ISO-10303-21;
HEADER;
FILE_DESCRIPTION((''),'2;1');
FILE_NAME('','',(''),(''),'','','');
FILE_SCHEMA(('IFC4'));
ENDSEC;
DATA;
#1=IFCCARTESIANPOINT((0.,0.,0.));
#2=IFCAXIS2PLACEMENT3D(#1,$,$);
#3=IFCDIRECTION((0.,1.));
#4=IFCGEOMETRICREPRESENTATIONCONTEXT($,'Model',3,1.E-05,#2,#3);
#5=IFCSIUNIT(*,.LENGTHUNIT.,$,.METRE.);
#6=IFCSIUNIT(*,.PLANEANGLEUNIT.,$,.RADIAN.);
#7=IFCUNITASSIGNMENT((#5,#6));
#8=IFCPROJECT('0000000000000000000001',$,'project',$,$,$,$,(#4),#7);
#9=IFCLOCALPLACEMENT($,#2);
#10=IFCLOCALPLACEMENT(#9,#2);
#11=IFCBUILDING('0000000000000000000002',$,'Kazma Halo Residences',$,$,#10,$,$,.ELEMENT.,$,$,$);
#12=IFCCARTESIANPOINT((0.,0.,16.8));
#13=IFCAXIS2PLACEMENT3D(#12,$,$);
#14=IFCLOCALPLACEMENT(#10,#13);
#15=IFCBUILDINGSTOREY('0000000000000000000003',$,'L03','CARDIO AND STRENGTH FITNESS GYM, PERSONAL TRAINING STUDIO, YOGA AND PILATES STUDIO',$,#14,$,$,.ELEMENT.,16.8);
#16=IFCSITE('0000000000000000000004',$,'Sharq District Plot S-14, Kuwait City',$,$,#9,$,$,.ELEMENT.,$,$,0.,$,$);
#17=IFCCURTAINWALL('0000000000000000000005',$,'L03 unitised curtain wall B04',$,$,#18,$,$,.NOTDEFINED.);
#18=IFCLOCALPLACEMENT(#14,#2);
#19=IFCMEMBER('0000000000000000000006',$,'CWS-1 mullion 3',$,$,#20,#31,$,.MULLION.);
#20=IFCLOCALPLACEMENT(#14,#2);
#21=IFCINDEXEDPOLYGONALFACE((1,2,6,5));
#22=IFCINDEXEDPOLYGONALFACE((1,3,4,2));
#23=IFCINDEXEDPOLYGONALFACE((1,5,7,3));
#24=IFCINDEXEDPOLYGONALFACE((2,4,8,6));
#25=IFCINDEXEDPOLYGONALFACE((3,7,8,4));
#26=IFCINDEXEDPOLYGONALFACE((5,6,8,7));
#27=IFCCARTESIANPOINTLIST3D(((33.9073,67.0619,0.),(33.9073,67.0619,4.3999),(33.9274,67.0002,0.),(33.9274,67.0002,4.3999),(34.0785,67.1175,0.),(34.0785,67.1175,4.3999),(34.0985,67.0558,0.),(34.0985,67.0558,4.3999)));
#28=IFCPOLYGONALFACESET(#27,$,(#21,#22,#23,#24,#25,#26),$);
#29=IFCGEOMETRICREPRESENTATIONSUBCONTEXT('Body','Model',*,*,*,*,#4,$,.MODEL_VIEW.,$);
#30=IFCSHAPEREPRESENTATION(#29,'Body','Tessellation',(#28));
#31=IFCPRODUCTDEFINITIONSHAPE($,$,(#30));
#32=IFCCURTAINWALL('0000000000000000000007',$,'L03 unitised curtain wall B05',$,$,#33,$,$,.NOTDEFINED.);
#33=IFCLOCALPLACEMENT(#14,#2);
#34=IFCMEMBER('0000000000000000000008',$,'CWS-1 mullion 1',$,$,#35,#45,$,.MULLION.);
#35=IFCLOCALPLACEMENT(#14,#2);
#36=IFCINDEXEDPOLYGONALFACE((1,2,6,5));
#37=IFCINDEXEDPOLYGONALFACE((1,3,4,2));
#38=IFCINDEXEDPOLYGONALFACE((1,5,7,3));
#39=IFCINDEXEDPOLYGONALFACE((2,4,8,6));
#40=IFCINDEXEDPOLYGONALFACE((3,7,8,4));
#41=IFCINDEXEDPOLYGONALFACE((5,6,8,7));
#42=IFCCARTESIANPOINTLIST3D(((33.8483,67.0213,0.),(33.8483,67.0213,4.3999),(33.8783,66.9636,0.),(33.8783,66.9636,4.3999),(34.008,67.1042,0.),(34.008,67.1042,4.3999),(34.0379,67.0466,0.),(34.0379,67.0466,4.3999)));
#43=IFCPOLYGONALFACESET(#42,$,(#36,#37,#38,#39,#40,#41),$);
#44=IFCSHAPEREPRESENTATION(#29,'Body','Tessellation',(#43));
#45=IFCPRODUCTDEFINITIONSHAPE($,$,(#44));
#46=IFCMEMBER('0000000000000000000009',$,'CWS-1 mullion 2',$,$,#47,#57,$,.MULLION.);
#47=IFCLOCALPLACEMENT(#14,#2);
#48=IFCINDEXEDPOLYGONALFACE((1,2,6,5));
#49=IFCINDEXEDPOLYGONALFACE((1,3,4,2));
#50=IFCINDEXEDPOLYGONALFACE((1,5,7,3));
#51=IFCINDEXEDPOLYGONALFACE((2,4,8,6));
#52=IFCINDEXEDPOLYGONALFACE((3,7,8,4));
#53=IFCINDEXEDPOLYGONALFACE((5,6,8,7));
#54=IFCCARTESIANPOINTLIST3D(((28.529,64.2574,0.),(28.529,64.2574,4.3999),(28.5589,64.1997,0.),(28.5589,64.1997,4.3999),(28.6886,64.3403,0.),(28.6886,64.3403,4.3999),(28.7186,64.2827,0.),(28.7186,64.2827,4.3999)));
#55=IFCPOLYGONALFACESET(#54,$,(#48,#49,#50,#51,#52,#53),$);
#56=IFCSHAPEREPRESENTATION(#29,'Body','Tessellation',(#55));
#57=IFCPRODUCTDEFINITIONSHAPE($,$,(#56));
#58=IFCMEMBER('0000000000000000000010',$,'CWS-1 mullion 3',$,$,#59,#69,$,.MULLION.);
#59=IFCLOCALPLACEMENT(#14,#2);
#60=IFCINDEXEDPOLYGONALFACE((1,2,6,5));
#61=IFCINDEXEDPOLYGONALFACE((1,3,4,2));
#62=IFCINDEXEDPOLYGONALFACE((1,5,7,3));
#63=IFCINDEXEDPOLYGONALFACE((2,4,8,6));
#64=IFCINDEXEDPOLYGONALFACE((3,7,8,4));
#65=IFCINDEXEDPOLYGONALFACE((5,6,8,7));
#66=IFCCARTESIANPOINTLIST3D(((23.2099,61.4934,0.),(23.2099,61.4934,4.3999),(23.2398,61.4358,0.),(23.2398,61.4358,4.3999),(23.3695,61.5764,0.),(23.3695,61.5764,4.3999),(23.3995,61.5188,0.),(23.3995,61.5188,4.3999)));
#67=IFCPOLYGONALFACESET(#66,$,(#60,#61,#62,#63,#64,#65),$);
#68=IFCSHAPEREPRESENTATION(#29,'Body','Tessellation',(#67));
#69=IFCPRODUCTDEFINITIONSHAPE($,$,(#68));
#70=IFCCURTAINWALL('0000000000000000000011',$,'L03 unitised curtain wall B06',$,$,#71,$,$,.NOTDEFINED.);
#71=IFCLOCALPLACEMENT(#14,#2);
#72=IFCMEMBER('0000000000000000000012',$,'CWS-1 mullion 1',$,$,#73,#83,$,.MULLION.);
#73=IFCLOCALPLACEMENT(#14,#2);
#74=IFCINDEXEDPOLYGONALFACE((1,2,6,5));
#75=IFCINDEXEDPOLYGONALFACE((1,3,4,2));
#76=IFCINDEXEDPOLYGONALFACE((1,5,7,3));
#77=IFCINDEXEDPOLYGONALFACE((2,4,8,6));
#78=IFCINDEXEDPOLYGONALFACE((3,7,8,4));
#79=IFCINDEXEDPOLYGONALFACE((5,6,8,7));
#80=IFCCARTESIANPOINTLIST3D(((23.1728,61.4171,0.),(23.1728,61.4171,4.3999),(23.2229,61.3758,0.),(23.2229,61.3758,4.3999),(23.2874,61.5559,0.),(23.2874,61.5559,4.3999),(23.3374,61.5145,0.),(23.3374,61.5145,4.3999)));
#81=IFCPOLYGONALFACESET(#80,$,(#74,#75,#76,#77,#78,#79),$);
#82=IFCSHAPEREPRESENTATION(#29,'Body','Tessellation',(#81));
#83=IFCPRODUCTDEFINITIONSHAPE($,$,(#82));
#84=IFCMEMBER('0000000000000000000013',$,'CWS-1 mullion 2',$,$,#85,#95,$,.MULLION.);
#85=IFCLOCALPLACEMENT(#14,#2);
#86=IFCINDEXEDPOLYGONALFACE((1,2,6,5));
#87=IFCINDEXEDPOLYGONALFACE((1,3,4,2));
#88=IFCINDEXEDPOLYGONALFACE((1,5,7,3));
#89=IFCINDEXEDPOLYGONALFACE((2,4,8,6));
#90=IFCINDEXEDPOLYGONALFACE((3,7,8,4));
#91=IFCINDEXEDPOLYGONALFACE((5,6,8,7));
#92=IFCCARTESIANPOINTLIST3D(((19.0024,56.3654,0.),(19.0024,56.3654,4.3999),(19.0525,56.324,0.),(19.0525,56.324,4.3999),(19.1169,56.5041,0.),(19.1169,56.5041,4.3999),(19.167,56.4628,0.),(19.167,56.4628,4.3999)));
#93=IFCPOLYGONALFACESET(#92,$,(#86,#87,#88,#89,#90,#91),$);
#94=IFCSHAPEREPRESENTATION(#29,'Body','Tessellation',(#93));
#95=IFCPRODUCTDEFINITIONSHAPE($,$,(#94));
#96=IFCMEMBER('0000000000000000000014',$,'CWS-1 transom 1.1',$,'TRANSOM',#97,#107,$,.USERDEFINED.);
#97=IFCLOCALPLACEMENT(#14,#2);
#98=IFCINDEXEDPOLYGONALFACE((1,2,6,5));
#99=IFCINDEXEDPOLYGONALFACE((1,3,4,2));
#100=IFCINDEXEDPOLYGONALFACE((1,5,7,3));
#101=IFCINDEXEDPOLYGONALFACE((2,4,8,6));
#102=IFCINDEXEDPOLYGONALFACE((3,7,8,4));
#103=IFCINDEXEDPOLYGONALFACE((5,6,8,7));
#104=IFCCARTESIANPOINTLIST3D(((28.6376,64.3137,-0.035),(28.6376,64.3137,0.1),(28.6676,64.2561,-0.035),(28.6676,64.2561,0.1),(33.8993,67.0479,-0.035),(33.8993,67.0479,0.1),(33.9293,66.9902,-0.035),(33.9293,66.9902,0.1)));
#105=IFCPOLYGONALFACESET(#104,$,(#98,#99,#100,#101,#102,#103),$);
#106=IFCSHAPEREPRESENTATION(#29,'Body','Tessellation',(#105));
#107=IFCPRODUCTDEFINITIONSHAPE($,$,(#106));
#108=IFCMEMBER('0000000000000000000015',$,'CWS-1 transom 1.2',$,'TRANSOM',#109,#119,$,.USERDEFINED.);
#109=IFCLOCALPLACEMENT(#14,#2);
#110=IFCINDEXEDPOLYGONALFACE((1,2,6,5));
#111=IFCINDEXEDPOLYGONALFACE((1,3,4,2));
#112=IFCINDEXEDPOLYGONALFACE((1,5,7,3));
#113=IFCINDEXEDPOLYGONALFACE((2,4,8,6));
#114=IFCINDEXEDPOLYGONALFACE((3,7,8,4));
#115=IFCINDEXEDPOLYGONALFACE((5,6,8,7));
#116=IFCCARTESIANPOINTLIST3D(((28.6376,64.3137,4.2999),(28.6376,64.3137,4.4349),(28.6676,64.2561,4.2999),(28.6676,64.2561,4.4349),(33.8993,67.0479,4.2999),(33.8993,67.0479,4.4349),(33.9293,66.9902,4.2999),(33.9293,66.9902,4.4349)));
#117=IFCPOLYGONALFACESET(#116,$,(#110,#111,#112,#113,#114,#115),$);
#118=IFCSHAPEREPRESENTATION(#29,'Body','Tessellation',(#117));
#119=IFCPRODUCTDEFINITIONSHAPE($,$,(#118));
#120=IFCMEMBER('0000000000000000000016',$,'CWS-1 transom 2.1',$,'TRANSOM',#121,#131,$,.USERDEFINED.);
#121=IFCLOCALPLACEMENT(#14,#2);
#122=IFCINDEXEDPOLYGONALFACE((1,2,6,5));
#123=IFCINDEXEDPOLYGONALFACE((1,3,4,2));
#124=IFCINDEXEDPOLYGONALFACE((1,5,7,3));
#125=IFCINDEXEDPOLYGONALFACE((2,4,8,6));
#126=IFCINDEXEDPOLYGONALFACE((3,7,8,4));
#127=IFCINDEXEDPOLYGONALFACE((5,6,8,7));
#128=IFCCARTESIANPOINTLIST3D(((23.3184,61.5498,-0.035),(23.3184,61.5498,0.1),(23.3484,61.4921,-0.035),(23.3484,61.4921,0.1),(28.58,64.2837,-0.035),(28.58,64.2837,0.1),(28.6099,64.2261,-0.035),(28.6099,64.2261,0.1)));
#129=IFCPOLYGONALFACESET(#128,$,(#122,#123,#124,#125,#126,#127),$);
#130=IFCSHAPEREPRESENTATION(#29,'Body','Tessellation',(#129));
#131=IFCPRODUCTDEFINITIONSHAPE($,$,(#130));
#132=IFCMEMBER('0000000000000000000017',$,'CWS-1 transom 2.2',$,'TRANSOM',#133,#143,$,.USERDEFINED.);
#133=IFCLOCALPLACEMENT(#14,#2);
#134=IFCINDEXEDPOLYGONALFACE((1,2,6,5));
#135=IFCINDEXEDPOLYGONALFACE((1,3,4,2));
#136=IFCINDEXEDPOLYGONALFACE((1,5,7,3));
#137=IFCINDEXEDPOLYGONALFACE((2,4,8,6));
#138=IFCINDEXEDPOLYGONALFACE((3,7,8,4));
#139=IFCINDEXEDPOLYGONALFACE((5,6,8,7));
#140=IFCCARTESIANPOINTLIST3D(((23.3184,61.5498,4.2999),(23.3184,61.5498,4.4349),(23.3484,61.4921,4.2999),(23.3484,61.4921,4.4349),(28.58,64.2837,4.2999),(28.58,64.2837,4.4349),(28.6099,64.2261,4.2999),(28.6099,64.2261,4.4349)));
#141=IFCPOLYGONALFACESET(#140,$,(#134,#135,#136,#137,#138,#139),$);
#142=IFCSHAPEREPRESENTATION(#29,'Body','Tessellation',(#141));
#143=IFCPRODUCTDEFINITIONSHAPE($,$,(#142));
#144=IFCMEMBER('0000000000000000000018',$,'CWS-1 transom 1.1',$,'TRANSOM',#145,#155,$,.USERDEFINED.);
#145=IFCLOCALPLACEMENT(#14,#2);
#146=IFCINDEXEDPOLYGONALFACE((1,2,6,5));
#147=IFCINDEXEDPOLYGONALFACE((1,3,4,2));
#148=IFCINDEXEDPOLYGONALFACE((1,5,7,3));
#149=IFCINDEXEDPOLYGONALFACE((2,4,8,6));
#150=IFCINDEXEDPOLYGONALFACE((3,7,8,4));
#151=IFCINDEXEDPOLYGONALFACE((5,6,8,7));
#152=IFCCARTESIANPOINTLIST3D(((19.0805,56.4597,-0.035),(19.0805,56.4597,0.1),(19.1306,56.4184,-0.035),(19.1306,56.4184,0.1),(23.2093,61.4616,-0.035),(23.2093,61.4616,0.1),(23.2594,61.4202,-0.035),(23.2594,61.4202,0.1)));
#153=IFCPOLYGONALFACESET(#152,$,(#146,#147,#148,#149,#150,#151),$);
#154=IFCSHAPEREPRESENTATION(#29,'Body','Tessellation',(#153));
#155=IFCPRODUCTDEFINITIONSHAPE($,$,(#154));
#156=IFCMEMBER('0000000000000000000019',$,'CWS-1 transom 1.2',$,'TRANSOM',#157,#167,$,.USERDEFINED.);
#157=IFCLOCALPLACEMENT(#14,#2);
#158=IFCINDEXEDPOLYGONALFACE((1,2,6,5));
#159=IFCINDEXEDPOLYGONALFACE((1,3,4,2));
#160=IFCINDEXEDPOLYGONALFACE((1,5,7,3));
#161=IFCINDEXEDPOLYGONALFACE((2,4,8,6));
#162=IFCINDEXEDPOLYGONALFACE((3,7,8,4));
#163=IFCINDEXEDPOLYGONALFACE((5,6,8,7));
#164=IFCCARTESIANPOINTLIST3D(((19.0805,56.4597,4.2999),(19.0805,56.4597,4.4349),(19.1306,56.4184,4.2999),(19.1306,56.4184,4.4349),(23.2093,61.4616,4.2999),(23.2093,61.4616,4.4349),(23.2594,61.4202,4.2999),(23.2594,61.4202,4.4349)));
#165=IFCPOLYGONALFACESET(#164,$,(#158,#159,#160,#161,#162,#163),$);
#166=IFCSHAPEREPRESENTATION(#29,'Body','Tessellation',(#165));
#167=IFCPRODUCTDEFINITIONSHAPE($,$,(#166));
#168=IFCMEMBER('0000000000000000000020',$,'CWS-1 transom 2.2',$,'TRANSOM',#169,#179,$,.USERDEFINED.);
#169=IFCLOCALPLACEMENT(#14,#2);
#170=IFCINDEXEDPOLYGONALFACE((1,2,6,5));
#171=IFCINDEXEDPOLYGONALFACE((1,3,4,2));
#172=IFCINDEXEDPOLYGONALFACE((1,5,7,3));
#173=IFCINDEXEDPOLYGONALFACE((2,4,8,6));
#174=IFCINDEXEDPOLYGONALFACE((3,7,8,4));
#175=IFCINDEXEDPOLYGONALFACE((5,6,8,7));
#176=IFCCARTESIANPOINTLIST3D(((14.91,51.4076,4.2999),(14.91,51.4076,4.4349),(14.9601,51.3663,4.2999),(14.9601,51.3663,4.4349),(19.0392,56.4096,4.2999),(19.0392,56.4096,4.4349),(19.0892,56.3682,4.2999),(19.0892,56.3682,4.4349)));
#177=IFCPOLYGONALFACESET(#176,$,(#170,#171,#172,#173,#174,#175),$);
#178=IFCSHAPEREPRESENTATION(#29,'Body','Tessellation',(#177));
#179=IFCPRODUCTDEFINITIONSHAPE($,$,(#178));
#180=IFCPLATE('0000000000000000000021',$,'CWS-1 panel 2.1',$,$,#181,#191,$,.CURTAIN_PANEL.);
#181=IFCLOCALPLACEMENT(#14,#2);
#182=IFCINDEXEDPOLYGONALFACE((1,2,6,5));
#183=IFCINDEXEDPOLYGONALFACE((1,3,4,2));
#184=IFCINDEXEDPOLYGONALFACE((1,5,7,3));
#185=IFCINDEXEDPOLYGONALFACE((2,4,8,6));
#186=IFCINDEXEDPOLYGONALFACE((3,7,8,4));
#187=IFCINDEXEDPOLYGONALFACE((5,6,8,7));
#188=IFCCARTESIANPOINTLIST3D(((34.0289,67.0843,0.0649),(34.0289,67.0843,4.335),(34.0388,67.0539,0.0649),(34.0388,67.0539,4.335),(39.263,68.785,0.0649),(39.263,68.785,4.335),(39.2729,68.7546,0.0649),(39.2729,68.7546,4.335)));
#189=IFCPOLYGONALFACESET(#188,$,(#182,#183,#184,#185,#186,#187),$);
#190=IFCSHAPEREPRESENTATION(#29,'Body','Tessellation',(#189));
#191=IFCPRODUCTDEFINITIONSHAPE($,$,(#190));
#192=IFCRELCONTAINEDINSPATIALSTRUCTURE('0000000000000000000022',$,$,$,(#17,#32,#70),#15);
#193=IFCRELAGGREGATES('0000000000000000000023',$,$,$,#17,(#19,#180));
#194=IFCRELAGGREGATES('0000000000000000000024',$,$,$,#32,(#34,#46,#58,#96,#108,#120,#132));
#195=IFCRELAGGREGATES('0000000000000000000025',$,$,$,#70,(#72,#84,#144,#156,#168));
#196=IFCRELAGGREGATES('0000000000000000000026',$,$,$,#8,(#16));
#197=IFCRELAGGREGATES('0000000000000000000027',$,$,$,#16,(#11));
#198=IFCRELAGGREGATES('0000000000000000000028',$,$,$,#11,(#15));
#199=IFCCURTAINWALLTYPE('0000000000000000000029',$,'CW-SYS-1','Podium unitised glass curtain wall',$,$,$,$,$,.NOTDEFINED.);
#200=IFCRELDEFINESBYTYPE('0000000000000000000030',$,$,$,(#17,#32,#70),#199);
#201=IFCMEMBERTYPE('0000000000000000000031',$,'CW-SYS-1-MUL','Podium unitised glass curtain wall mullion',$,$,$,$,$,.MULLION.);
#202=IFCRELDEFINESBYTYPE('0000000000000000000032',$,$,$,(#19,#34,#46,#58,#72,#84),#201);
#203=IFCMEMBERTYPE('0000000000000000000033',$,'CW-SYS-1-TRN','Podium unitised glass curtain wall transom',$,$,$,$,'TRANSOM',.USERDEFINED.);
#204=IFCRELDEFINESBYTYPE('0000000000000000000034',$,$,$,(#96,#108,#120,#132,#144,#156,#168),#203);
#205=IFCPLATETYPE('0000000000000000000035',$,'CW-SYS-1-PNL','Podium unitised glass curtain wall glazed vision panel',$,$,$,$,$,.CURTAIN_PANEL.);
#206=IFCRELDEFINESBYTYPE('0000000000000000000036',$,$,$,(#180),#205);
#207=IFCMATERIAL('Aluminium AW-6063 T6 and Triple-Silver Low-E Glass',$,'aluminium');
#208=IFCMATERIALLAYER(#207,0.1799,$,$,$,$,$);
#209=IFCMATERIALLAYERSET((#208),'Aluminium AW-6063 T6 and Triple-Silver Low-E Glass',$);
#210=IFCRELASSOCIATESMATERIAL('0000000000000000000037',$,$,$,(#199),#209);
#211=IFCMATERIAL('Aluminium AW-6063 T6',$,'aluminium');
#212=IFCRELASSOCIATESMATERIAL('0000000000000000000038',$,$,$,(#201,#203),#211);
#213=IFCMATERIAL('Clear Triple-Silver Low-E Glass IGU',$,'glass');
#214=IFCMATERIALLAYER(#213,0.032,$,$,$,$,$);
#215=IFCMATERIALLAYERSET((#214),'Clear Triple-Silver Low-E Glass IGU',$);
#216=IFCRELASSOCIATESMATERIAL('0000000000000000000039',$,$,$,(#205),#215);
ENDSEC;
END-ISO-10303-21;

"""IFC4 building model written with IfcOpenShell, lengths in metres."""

from ifc_helpers import new_model, si_unit, direction, frame, origin, origin_2d, place, context, subcontext, project, spatial, rectangle, extrude, material, layer, layer_set, material_profile, profile_set, type_object, element, aggregate, save


model = new_model("IFC4")

# Units and contexts
model_context = context("Model", 3, precision=1e-05, world=origin(), true_north=direction((0.0, 1.0)))
body_context = subcontext(model_context, "Body", "Model", "MODEL_VIEW")
ifc_project = project(units=[si_unit("LENGTHUNIT", "METRE"), si_unit("PLANEANGLEUNIT", "RADIAN")], contexts=[model_context])

# Site, building, storey
site_placement = place(None, origin())
site = spatial("IfcSite", under=ifc_project, at=site_placement, Name="Sharq District Plot S-14, Kuwait City", CompositionType="ELEMENT", RefElevation=0.0)
building_placement = place(site_placement, origin())
building = spatial("IfcBuilding", under=site, at=building_placement, Name="Kazma Halo Residences", CompositionType="ELEMENT")
storey_placement = place(building_placement, frame((0.0, 0.0, 16.8)))
storey = spatial("IfcBuildingStorey", under=building, at=storey_placement, Name="L03", Description="CARDIO AND STRENGTH FITNESS GYM, PERSONAL TRAINING STUDIO, YOGA AND PILATES STUDIO", CompositionType="ELEMENT", Elevation=16.8)

# Curtain wall, member
ifc_material_1 = material(Name="Aluminium AW-6063 T6 and Triple-Silver Low-E Glass", Category="aluminium")
ifc_layer_1 = layer(ifc_material_1, 0.1799)
ifc_layer_set_1 = layer_set([ifc_layer_1], Name="Aluminium AW-6063 T6 and Triple-Silver Low-E Glass")
curtain_wall_type = type_object("IfcCurtainWallType", Name="CW-SYS-1", Description="Podium unitised glass curtain wall", PredefinedType="NOTDEFINED", material=ifc_layer_set_1)
curtain_wall_1_placement = place(storey_placement, origin())
curtain_wall_1 = element("IfcCurtainWall", 1, at=curtain_wall_1_placement, inside=storey, type_object=curtain_wall_type, Name="L03 unitised curtain wall B04", PredefinedType="NOTDEFINED")
ifc_material_2 = material(Name="Aluminium AW-6063 T6", Category="aluminium")
ifc_material_profile_1 = material_profile(ifc_material_2, rectangle(XDim=0.0649, YDim=0.1799, at=origin_2d()), Name="CWM-65x180")
ifc_profile_set_1 = profile_set([ifc_material_profile_1], Name="Aluminium AW-6063 T6")
member_type_1 = type_object("IfcMemberType", Name="CW-SYS-1-MUL", Description="Podium unitised glass curtain wall mullion", PredefinedType="MULLION", material=ifc_profile_set_1)
member_1_placement = place(storey_placement, frame((34.0029, 67.0588, 0.0), z_axis=(0.0, 0.0, 1.0), x_axis=(0.309017, -0.951056, 0.0)))
member_1 = element("IfcMember", 2, at=member_1_placement, type_object=member_type_1, Name="CWS-1 mullion 3", PredefinedType="MULLION", context=body_context, shape_type="SweptSolid", body=[
    extrude(rectangle(XDim=0.0649, YDim=0.1799, at=origin_2d()), origin(), (0.0, 0.0, 1.0), 4.3999),
])

# Curtain walls, members
curtain_wall_2_placement = place(storey_placement, origin())
curtain_wall_2 = element("IfcCurtainWall", 3, at=curtain_wall_2_placement, inside=storey, type_object=curtain_wall_type, Name="L03 unitised curtain wall B05", PredefinedType="NOTDEFINED")
member_2_placement = place(storey_placement, frame((33.9431, 67.0339, 0.0), z_axis=(0.0, 0.0, 1.0), x_axis=(0.461087, -0.887355, 0.0)))
member_2 = element("IfcMember", 4, at=member_2_placement, type_object=member_type_1, Name="CWS-1 mullion 1", PredefinedType="MULLION", context=body_context, shape_type="SweptSolid", body=[
    extrude(rectangle(XDim=0.0649, YDim=0.1799, at=origin_2d()), origin(), (0.0, 0.0, 1.0), 4.3999),
])
member_3_placement = place(storey_placement, frame((28.6238, 64.27, 0.0), z_axis=(0.0, 0.0, 1.0), x_axis=(0.461087, -0.887355, 0.0)))
member_3 = element("IfcMember", 5, at=member_3_placement, type_object=member_type_1, Name="CWS-1 mullion 2", PredefinedType="MULLION", context=body_context, shape_type="SweptSolid", body=[
    extrude(rectangle(XDim=0.0649, YDim=0.1799, at=origin_2d()), origin(), (0.0, 0.0, 1.0), 4.3999),
])
member_4_placement = place(storey_placement, frame((23.3047, 61.5061, 0.0), z_axis=(0.0, 0.0, 1.0), x_axis=(0.461087, -0.887355, 0.0)))
member_4 = element("IfcMember", 6, at=member_4_placement, type_object=member_type_1, Name="CWS-1 mullion 3", PredefinedType="MULLION", context=body_context, shape_type="SweptSolid", body=[
    extrude(rectangle(XDim=0.0649, YDim=0.1799, at=origin_2d()), origin(), (0.0, 0.0, 1.0), 4.3999),
])
curtain_wall_3_placement = place(storey_placement, origin())
curtain_wall_3 = element("IfcCurtainWall", 7, at=curtain_wall_3_placement, inside=storey, type_object=curtain_wall_type, Name="L03 unitised curtain wall B06", PredefinedType="NOTDEFINED")
member_5_placement = place(storey_placement, frame((23.2551, 61.4658, 0.0), z_axis=(0.0, 0.0, 1.0), x_axis=(0.771192, -0.636603, 0.0)))
member_5 = element("IfcMember", 8, at=member_5_placement, type_object=member_type_1, Name="CWS-1 mullion 1", PredefinedType="MULLION", context=body_context, shape_type="SweptSolid", body=[
    extrude(rectangle(XDim=0.0649, YDim=0.1799, at=origin_2d()), origin(), (0.0, 0.0, 1.0), 4.3999),
])
member_6_placement = place(storey_placement, frame((19.0847, 56.4141, 0.0), z_axis=(0.0, 0.0, 1.0), x_axis=(0.771192, -0.636603, 0.0)))
member_6 = element("IfcMember", 9, at=member_6_placement, type_object=member_type_1, Name="CWS-1 mullion 2", PredefinedType="MULLION", context=body_context, shape_type="SweptSolid", body=[
    extrude(rectangle(XDim=0.0649, YDim=0.1799, at=origin_2d()), origin(), (0.0, 0.0, 1.0), 4.3999),
])

# Members
ifc_material_profile_2 = material_profile(ifc_material_2, rectangle(XDim=0.0649, YDim=0.135, at=origin_2d()), Name="CWT-65x135")
ifc_profile_set_2 = profile_set([ifc_material_profile_2], Name="Aluminium AW-6063 T6")
member_type_2 = type_object("IfcMemberType", Name="CW-SYS-1-TRN", Description="Podium unitised glass curtain wall transom", ElementType="TRANSOM", PredefinedType="USERDEFINED", material=ifc_profile_set_2)
member_7_placement = place(storey_placement, frame((33.9143, 67.019, 0.0325), z_axis=(-0.887352, -0.461092, 0.0), x_axis=(0.461092, -0.887352, 0.0)))
member_7 = element("IfcMember", 10, at=member_7_placement, type_object=member_type_2, Name="CWS-1 transom 1.1", ObjectType="TRANSOM", PredefinedType="USERDEFINED", context=body_context, shape_type="SweptSolid", body=[
    extrude(rectangle(XDim=0.0649, YDim=0.135, at=origin_2d()), origin(), (0.0, 0.0, 1.0), 5.9297),
])
member_8_placement = place(storey_placement, frame((33.9143, 67.019, 4.3674), z_axis=(-0.887352, -0.461092, 0.0), x_axis=(0.461092, -0.887352, 0.0)))
member_8 = element("IfcMember", 11, at=member_8_placement, type_object=member_type_2, Name="CWS-1 transom 1.2", ObjectType="TRANSOM", PredefinedType="USERDEFINED", context=body_context, shape_type="SweptSolid", body=[
    extrude(rectangle(XDim=0.0649, YDim=0.135, at=origin_2d()), origin(), (0.0, 0.0, 1.0), 5.9297),
])
member_9_placement = place(storey_placement, frame((28.595, 64.2549, 0.0325), z_axis=(-0.88736, -0.461077, 0.0), x_axis=(0.461077, -0.88736, 0.0)))
member_9 = element("IfcMember", 12, at=member_9_placement, type_object=member_type_2, Name="CWS-1 transom 2.1", ObjectType="TRANSOM", PredefinedType="USERDEFINED", context=body_context, shape_type="SweptSolid", body=[
    extrude(rectangle(XDim=0.0649, YDim=0.135, at=origin_2d()), origin(), (0.0, 0.0, 1.0), 5.9294),
])
member_10_placement = place(storey_placement, frame((28.595, 64.2549, 4.3674), z_axis=(-0.88736, -0.461077, 0.0), x_axis=(0.461077, -0.88736, 0.0)))
member_10 = element("IfcMember", 13, at=member_10_placement, type_object=member_type_2, Name="CWS-1 transom 2.2", ObjectType="TRANSOM", PredefinedType="USERDEFINED", context=body_context, shape_type="SweptSolid", body=[
    extrude(rectangle(XDim=0.0649, YDim=0.135, at=origin_2d()), origin(), (0.0, 0.0, 1.0), 5.9294),
])
member_11_placement = place(storey_placement, frame((23.2344, 61.4409, 0.0325), z_axis=(-0.636593, -0.7712, 0.0), x_axis=(0.7712, -0.636593, 0.0)))
member_11 = element("IfcMember", 14, at=member_11_placement, type_object=member_type_2, Name="CWS-1 transom 1.1", ObjectType="TRANSOM", PredefinedType="USERDEFINED", context=body_context, shape_type="SweptSolid", body=[
    extrude(rectangle(XDim=0.0649, YDim=0.135, at=origin_2d()), origin(), (0.0, 0.0, 1.0), 6.4858),
])
member_12_placement = place(storey_placement, frame((23.2344, 61.4409, 4.3674), z_axis=(-0.636593, -0.7712, 0.0), x_axis=(0.7712, -0.636593, 0.0)))
member_12 = element("IfcMember", 15, at=member_12_placement, type_object=member_type_2, Name="CWS-1 transom 1.2", ObjectType="TRANSOM", PredefinedType="USERDEFINED", context=body_context, shape_type="SweptSolid", body=[
    extrude(rectangle(XDim=0.0649, YDim=0.135, at=origin_2d()), origin(), (0.0, 0.0, 1.0), 6.4858),
])
member_13_placement = place(storey_placement, frame((19.0642, 56.3889, 4.3674), z_axis=(-0.636616, -0.771181, 0.0), x_axis=(0.771181, -0.636616, 0.0)))
member_13 = element("IfcMember", 16, at=member_13_placement, type_object=member_type_2, Name="CWS-1 transom 2.2", ObjectType="TRANSOM", PredefinedType="USERDEFINED", context=body_context, shape_type="SweptSolid", body=[
    extrude(rectangle(XDim=0.0649, YDim=0.135, at=origin_2d()), origin(), (0.0, 0.0, 1.0), 6.4861),
])

# Plate
ifc_material_3 = material(Name="Clear Triple-Silver Low-E Glass IGU", Category="glass")
ifc_layer_2 = layer(ifc_material_3, 0.032)
ifc_layer_set_2 = layer_set([ifc_layer_2], Name="Clear Triple-Silver Low-E Glass IGU")
plate_type = type_object("IfcPlateType", Name="CW-SYS-1-PNL", Description="Podium unitised glass curtain wall glazed vision panel", PredefinedType="CURTAIN_PANEL", material=ifc_layer_set_2)
plate_1_placement = place(storey_placement, frame((36.6509, 67.9194, 0.0649), z_axis=(0.0, 0.0, 1.0), x_axis=(-0.951056, -0.309017, 0.0)))
plate_1 = element("IfcPlate", 17, at=plate_1_placement, type_object=plate_type, Name="CWS-1 panel 2.1", PredefinedType="CURTAIN_PANEL", context=body_context, shape_type="SweptSolid", body=[
    extrude(rectangle(XDim=5.5034, YDim=0.032, at=origin_2d()), origin(), (0.0, 0.0, 1.0), 4.27),
])
aggregate(curtain_wall_1, [member_1, plate_1])
aggregate(curtain_wall_2, [member_2, member_3, member_4, member_7, member_8, member_9, member_10])
aggregate(curtain_wall_3, [member_5, member_6, member_11, member_12, member_13])

save(model, "model.ifc")
